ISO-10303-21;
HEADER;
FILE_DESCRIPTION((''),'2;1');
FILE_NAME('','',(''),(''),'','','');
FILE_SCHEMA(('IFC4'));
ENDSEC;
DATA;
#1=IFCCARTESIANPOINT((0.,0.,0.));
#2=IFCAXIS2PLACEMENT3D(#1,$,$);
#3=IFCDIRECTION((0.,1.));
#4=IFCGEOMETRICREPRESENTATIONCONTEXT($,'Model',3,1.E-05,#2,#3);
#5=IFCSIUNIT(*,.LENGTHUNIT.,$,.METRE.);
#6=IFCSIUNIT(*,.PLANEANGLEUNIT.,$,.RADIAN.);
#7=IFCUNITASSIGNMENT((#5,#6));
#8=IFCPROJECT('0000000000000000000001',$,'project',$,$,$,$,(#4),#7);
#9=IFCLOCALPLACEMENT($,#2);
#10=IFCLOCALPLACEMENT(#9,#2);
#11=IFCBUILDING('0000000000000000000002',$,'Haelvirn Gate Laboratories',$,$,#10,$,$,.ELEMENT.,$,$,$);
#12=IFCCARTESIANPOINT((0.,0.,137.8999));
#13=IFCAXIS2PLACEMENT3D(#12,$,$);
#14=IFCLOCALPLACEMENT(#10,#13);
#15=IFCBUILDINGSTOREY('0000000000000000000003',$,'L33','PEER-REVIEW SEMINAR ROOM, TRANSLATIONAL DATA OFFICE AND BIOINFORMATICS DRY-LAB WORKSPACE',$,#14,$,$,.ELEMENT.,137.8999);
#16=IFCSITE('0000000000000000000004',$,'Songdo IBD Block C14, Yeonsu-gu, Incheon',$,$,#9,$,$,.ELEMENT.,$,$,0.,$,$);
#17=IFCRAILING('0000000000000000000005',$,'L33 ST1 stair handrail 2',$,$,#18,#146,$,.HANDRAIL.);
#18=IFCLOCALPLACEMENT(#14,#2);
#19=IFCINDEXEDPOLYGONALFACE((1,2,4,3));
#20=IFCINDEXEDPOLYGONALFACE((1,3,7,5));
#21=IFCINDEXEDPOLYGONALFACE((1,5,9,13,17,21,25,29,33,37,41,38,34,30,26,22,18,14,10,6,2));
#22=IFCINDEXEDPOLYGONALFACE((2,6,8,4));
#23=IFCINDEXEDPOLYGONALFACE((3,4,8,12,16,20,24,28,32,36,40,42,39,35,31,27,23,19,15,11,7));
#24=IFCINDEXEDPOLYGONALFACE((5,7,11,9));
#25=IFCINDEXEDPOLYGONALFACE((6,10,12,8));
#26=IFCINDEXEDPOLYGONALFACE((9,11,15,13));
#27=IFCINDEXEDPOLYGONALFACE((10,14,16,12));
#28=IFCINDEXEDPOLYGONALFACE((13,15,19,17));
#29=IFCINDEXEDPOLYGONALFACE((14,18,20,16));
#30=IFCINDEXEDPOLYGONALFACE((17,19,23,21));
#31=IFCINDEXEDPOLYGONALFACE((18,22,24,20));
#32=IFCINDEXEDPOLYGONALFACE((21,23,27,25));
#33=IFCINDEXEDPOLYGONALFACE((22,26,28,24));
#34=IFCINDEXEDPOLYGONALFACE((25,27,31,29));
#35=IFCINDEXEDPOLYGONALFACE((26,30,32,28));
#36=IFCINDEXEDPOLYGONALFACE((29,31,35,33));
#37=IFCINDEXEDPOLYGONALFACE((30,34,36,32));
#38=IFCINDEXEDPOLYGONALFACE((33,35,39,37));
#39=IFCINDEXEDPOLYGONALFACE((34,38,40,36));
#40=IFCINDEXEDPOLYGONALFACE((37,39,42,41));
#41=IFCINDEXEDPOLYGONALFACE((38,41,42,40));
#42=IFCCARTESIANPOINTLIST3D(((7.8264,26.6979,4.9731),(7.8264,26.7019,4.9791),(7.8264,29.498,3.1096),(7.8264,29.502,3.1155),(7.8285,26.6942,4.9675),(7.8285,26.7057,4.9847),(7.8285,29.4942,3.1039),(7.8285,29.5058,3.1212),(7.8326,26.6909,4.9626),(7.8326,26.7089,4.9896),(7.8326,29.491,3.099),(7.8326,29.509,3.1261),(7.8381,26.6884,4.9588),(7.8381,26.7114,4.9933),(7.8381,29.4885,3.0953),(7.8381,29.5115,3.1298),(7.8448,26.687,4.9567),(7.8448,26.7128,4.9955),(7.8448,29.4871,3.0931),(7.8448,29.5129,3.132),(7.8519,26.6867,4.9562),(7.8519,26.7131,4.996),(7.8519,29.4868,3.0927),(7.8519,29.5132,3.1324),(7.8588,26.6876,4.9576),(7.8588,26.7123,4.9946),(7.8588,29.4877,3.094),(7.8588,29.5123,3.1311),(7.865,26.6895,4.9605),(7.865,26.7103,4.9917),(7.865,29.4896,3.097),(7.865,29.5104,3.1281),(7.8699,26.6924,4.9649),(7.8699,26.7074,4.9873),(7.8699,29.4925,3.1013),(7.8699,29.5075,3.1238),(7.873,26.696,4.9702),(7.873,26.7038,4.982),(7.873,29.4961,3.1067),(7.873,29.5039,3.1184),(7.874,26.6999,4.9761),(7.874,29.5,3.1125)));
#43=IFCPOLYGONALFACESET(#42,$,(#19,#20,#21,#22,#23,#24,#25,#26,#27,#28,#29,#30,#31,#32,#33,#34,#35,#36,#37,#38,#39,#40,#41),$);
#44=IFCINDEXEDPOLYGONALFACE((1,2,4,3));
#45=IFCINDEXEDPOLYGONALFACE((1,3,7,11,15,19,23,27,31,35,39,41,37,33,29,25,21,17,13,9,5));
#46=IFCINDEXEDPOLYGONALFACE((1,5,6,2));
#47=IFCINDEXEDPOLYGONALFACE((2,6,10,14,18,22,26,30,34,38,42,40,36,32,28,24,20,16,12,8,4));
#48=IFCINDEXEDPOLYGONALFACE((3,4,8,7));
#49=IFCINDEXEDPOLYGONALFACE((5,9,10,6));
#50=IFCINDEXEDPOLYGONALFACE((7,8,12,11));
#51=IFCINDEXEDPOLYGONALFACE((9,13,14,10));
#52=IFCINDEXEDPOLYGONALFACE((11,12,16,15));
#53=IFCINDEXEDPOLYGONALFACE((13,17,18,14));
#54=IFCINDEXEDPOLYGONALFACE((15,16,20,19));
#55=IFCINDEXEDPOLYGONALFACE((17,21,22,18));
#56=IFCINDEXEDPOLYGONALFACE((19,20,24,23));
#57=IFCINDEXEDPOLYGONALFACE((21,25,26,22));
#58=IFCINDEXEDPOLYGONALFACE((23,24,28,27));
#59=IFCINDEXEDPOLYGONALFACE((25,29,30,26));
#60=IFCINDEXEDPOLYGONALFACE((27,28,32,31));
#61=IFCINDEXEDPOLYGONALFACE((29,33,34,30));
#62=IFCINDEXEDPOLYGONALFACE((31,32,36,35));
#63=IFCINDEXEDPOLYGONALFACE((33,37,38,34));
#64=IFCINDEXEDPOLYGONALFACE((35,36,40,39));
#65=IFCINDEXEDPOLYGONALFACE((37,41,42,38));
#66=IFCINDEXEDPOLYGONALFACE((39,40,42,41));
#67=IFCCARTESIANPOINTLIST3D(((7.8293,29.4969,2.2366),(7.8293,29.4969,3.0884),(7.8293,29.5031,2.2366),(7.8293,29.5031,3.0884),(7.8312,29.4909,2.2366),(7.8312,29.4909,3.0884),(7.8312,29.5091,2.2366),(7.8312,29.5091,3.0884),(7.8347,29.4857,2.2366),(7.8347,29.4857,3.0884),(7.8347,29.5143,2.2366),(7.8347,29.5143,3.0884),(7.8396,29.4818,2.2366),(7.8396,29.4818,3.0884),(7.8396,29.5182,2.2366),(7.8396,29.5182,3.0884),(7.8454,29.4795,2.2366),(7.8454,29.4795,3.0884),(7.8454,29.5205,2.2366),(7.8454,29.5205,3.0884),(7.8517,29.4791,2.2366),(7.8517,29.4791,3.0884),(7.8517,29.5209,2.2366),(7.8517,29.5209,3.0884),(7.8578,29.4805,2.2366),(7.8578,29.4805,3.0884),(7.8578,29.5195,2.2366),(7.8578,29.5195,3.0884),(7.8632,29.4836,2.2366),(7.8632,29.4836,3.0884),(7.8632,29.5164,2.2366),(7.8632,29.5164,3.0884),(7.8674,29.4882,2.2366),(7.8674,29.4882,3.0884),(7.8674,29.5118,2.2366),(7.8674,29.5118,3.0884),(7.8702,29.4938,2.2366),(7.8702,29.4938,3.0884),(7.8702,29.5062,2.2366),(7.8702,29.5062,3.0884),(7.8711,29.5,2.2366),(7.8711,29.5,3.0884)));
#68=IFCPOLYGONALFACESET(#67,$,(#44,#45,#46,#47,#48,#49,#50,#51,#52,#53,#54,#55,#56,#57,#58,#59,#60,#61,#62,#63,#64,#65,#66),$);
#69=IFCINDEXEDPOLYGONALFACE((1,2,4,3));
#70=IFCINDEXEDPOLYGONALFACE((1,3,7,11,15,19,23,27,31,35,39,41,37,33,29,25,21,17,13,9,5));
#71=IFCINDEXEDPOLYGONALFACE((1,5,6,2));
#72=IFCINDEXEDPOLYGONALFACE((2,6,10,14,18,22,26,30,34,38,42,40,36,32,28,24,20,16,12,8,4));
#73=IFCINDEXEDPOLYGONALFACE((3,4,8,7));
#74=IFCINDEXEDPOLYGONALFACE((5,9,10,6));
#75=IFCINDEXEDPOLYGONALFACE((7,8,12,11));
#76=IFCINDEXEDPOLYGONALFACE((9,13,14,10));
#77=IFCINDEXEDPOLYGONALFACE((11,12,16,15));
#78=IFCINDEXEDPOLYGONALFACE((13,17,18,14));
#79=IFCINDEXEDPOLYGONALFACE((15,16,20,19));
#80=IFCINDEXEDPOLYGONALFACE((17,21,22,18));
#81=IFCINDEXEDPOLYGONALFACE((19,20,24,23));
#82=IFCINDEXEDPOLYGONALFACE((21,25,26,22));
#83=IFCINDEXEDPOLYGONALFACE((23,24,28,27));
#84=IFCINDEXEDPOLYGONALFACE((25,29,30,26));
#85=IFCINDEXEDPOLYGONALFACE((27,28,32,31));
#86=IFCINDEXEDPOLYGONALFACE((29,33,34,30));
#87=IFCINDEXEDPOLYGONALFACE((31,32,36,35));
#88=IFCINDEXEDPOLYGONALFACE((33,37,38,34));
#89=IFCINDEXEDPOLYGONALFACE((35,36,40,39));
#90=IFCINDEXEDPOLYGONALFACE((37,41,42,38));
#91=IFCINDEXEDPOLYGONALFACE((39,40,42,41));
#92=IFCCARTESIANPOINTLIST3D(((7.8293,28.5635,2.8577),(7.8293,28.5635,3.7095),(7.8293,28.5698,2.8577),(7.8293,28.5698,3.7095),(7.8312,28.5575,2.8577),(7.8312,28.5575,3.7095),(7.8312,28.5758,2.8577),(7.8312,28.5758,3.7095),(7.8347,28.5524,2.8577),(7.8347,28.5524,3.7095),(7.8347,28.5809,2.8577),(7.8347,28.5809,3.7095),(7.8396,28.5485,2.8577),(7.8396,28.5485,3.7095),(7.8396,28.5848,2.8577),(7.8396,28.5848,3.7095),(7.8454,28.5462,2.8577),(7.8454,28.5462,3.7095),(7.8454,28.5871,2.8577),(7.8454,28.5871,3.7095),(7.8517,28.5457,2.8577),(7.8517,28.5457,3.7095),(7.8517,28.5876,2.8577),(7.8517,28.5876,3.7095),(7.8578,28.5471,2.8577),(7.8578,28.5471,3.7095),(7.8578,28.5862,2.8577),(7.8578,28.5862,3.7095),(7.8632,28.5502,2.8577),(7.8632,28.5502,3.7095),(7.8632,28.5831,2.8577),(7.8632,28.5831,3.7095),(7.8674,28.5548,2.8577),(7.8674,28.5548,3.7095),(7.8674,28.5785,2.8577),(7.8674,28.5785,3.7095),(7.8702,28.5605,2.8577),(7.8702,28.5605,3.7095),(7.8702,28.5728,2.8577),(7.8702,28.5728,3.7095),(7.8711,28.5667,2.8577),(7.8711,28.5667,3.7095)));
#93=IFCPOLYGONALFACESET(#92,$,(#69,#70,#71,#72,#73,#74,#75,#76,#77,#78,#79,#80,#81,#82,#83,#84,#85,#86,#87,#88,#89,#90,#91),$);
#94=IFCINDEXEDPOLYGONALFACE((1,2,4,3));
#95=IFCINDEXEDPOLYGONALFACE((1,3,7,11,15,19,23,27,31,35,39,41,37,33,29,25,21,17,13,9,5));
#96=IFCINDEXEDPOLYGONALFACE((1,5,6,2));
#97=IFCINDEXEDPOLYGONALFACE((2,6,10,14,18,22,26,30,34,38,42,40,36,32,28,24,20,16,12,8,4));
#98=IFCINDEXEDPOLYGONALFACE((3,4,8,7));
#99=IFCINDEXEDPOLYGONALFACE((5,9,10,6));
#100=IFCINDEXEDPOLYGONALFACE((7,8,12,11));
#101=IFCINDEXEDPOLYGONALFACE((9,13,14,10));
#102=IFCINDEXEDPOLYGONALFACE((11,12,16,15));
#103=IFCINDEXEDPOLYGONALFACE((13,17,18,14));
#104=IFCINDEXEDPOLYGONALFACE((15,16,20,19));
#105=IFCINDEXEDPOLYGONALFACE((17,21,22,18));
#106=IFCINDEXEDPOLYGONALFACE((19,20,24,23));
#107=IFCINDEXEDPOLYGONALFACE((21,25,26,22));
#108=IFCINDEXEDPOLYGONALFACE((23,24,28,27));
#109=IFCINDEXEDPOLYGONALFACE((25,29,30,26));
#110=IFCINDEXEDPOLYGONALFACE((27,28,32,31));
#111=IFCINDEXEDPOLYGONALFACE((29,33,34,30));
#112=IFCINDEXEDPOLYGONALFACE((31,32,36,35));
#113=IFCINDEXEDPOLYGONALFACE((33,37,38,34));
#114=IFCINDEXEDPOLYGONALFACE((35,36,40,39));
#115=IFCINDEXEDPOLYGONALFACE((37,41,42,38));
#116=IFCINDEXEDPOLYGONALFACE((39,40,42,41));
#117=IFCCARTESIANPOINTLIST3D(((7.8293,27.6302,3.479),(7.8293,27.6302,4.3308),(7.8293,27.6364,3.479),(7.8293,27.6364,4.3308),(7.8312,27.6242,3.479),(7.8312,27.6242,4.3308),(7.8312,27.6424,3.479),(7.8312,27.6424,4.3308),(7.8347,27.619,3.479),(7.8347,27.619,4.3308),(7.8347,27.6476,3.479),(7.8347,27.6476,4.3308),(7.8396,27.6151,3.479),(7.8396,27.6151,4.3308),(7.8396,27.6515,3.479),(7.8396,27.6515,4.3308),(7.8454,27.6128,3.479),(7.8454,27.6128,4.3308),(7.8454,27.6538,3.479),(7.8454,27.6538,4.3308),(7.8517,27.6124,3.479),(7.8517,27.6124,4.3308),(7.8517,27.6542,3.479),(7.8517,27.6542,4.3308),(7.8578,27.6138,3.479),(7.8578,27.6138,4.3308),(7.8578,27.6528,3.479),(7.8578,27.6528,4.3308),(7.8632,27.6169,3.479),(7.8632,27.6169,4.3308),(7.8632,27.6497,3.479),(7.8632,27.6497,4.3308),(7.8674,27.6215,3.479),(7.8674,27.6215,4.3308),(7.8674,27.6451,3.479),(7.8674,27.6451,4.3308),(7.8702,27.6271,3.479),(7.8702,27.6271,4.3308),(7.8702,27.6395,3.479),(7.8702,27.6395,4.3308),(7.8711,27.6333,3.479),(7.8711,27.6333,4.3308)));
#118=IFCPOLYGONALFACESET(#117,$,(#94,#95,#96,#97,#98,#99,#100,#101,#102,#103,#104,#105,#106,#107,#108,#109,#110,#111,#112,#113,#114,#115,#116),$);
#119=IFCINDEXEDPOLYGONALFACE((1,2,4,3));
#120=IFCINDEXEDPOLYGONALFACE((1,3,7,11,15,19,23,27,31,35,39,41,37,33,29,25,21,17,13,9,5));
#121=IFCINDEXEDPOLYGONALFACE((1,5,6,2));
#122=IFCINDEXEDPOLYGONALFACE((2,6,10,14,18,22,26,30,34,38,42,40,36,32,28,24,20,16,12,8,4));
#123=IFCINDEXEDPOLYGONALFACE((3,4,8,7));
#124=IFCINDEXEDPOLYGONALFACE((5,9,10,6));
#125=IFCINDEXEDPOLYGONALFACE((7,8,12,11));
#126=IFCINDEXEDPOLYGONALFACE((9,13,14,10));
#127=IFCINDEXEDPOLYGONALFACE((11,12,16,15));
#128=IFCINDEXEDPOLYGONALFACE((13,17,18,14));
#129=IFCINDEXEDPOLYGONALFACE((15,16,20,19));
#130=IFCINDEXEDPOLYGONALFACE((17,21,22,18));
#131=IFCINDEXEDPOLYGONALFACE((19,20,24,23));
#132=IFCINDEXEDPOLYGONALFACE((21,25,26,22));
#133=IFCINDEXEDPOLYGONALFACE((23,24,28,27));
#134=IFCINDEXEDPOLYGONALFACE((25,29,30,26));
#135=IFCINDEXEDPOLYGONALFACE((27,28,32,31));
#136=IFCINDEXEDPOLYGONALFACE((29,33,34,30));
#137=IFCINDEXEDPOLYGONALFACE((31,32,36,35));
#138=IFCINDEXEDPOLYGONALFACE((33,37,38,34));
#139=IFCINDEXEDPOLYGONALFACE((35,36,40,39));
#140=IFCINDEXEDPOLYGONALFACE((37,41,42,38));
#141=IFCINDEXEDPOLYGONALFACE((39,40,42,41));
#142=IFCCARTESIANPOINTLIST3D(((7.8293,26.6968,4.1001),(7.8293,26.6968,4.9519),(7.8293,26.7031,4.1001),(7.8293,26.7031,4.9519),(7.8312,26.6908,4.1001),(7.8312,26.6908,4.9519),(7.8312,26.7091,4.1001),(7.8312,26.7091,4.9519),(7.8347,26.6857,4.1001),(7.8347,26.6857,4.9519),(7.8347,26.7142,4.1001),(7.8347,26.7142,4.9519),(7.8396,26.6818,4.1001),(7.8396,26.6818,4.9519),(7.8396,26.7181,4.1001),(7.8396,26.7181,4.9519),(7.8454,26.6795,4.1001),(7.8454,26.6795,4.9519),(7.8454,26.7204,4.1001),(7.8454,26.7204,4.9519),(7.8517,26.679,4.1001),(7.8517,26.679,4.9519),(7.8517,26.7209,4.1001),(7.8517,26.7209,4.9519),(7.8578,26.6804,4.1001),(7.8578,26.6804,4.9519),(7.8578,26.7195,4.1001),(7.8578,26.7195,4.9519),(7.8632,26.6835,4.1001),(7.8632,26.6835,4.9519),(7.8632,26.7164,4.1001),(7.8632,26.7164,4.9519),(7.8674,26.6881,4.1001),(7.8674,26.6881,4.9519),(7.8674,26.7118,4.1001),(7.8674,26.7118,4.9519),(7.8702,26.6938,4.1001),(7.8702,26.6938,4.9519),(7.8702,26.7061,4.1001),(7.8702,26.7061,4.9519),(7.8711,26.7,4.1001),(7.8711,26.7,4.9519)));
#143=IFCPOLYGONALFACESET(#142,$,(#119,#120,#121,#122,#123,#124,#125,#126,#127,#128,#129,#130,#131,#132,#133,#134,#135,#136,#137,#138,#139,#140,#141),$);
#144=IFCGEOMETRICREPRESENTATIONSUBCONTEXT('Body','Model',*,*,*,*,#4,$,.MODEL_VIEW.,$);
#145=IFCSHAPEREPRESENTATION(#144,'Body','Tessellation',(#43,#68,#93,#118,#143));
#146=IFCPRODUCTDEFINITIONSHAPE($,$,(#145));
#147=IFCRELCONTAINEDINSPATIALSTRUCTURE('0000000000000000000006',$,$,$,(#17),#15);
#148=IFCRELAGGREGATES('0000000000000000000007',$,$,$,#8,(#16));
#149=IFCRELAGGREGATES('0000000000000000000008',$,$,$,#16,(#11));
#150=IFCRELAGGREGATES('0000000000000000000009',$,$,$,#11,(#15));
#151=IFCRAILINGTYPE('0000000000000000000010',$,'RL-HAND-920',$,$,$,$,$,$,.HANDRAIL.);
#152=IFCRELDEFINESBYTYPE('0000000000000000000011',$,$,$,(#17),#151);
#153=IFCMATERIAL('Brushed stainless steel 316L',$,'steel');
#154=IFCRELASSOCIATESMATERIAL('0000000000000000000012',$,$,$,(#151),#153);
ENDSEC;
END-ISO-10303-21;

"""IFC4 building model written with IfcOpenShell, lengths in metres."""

from ifc_helpers import new_model, si_unit, direction, frame, origin, origin_2d, place, context, subcontext, project, spatial, circle, extrude, source, transform, mapped, material, type_object, type_shapes, element, save


model = new_model("IFC4")

# Units and contexts
model_context = context("Model", 3, precision=1e-05, world=origin(), true_north=direction((0.0, 1.0)))
body_context = subcontext(model_context, "Body", "Model", "MODEL_VIEW")
ifc_project = project(units=[si_unit("LENGTHUNIT", "METRE"), si_unit("PLANEANGLEUNIT", "RADIAN")], contexts=[model_context])

# Site, building, storey
site_placement = place(None, origin())
site = spatial("IfcSite", under=ifc_project, at=site_placement, Name="Songdo IBD Block C14, Yeonsu-gu, Incheon", CompositionType="ELEMENT", RefElevation=0.0)
building_placement = place(site_placement, origin())
building = spatial("IfcBuilding", under=site, at=building_placement, Name="Haelvirn Gate Laboratories", CompositionType="ELEMENT")
storey_placement = place(building_placement, frame((0.0, 0.0, 137.8999)))
storey = spatial("IfcBuildingStorey", under=building, at=storey_placement, Name="L33", Description="PEER-REVIEW SEMINAR ROOM, TRANSLATIONAL DATA OFFICE AND BIOINFORMATICS DRY-LAB WORKSPACE", CompositionType="ELEMENT", Elevation=137.8999)

# Railing
ifc_material_1 = material(Name="Brushed stainless steel 316L", Category="steel")
railing_type_1 = type_object("IfcRailingType", Name="RL-HAND-920", PredefinedType="HANDRAIL", material=ifc_material_1)
shared_shape_1 = source(origin(), body_context, "Body", "SweptSolid", [
    extrude(circle(Radius=0.0239, at=origin_2d()), frame((0.0, 0.0, 0.876), z_axis=(0.0, -0.832486, 0.554047), x_axis=(1.0, 0.0, 0.0)), (0.0, 0.0, 1.0), 3.3635),
    extrude(circle(Radius=0.021, at=origin_2d()), origin(), (0.0, 0.0, 1.0), 0.8518),
    extrude(circle(Radius=0.021, at=origin_2d()), frame((0.0, -0.9333, 0.6211)), (0.0, 0.0, 1.0), 0.8518),
    extrude(circle(Radius=0.021, at=origin_2d()), frame((0.0, -1.8667, 1.2424)), (0.0, 0.0, 1.0), 0.8518),
    extrude(circle(Radius=0.021, at=origin_2d()), frame((0.0, -2.8, 1.8635)), (0.0, 0.0, 1.0), 0.8518),
])
type_shapes(railing_type_1, [shared_shape_1])
railing_1_placement = place(storey_placement, frame((7.8501, 29.5, 2.2366)))
element("IfcRailing", 1, at=railing_1_placement, inside=storey, type_object=railing_type_1, Name="L33 ST1 stair handrail 2", PredefinedType="HANDRAIL", context=body_context, shape_type="MappedRepresentation", body=[
    mapped(shared_shape_1, transform((0.0, 0.0, 0.0), scale=1.0)),
])

save(model, "model.ifc")
